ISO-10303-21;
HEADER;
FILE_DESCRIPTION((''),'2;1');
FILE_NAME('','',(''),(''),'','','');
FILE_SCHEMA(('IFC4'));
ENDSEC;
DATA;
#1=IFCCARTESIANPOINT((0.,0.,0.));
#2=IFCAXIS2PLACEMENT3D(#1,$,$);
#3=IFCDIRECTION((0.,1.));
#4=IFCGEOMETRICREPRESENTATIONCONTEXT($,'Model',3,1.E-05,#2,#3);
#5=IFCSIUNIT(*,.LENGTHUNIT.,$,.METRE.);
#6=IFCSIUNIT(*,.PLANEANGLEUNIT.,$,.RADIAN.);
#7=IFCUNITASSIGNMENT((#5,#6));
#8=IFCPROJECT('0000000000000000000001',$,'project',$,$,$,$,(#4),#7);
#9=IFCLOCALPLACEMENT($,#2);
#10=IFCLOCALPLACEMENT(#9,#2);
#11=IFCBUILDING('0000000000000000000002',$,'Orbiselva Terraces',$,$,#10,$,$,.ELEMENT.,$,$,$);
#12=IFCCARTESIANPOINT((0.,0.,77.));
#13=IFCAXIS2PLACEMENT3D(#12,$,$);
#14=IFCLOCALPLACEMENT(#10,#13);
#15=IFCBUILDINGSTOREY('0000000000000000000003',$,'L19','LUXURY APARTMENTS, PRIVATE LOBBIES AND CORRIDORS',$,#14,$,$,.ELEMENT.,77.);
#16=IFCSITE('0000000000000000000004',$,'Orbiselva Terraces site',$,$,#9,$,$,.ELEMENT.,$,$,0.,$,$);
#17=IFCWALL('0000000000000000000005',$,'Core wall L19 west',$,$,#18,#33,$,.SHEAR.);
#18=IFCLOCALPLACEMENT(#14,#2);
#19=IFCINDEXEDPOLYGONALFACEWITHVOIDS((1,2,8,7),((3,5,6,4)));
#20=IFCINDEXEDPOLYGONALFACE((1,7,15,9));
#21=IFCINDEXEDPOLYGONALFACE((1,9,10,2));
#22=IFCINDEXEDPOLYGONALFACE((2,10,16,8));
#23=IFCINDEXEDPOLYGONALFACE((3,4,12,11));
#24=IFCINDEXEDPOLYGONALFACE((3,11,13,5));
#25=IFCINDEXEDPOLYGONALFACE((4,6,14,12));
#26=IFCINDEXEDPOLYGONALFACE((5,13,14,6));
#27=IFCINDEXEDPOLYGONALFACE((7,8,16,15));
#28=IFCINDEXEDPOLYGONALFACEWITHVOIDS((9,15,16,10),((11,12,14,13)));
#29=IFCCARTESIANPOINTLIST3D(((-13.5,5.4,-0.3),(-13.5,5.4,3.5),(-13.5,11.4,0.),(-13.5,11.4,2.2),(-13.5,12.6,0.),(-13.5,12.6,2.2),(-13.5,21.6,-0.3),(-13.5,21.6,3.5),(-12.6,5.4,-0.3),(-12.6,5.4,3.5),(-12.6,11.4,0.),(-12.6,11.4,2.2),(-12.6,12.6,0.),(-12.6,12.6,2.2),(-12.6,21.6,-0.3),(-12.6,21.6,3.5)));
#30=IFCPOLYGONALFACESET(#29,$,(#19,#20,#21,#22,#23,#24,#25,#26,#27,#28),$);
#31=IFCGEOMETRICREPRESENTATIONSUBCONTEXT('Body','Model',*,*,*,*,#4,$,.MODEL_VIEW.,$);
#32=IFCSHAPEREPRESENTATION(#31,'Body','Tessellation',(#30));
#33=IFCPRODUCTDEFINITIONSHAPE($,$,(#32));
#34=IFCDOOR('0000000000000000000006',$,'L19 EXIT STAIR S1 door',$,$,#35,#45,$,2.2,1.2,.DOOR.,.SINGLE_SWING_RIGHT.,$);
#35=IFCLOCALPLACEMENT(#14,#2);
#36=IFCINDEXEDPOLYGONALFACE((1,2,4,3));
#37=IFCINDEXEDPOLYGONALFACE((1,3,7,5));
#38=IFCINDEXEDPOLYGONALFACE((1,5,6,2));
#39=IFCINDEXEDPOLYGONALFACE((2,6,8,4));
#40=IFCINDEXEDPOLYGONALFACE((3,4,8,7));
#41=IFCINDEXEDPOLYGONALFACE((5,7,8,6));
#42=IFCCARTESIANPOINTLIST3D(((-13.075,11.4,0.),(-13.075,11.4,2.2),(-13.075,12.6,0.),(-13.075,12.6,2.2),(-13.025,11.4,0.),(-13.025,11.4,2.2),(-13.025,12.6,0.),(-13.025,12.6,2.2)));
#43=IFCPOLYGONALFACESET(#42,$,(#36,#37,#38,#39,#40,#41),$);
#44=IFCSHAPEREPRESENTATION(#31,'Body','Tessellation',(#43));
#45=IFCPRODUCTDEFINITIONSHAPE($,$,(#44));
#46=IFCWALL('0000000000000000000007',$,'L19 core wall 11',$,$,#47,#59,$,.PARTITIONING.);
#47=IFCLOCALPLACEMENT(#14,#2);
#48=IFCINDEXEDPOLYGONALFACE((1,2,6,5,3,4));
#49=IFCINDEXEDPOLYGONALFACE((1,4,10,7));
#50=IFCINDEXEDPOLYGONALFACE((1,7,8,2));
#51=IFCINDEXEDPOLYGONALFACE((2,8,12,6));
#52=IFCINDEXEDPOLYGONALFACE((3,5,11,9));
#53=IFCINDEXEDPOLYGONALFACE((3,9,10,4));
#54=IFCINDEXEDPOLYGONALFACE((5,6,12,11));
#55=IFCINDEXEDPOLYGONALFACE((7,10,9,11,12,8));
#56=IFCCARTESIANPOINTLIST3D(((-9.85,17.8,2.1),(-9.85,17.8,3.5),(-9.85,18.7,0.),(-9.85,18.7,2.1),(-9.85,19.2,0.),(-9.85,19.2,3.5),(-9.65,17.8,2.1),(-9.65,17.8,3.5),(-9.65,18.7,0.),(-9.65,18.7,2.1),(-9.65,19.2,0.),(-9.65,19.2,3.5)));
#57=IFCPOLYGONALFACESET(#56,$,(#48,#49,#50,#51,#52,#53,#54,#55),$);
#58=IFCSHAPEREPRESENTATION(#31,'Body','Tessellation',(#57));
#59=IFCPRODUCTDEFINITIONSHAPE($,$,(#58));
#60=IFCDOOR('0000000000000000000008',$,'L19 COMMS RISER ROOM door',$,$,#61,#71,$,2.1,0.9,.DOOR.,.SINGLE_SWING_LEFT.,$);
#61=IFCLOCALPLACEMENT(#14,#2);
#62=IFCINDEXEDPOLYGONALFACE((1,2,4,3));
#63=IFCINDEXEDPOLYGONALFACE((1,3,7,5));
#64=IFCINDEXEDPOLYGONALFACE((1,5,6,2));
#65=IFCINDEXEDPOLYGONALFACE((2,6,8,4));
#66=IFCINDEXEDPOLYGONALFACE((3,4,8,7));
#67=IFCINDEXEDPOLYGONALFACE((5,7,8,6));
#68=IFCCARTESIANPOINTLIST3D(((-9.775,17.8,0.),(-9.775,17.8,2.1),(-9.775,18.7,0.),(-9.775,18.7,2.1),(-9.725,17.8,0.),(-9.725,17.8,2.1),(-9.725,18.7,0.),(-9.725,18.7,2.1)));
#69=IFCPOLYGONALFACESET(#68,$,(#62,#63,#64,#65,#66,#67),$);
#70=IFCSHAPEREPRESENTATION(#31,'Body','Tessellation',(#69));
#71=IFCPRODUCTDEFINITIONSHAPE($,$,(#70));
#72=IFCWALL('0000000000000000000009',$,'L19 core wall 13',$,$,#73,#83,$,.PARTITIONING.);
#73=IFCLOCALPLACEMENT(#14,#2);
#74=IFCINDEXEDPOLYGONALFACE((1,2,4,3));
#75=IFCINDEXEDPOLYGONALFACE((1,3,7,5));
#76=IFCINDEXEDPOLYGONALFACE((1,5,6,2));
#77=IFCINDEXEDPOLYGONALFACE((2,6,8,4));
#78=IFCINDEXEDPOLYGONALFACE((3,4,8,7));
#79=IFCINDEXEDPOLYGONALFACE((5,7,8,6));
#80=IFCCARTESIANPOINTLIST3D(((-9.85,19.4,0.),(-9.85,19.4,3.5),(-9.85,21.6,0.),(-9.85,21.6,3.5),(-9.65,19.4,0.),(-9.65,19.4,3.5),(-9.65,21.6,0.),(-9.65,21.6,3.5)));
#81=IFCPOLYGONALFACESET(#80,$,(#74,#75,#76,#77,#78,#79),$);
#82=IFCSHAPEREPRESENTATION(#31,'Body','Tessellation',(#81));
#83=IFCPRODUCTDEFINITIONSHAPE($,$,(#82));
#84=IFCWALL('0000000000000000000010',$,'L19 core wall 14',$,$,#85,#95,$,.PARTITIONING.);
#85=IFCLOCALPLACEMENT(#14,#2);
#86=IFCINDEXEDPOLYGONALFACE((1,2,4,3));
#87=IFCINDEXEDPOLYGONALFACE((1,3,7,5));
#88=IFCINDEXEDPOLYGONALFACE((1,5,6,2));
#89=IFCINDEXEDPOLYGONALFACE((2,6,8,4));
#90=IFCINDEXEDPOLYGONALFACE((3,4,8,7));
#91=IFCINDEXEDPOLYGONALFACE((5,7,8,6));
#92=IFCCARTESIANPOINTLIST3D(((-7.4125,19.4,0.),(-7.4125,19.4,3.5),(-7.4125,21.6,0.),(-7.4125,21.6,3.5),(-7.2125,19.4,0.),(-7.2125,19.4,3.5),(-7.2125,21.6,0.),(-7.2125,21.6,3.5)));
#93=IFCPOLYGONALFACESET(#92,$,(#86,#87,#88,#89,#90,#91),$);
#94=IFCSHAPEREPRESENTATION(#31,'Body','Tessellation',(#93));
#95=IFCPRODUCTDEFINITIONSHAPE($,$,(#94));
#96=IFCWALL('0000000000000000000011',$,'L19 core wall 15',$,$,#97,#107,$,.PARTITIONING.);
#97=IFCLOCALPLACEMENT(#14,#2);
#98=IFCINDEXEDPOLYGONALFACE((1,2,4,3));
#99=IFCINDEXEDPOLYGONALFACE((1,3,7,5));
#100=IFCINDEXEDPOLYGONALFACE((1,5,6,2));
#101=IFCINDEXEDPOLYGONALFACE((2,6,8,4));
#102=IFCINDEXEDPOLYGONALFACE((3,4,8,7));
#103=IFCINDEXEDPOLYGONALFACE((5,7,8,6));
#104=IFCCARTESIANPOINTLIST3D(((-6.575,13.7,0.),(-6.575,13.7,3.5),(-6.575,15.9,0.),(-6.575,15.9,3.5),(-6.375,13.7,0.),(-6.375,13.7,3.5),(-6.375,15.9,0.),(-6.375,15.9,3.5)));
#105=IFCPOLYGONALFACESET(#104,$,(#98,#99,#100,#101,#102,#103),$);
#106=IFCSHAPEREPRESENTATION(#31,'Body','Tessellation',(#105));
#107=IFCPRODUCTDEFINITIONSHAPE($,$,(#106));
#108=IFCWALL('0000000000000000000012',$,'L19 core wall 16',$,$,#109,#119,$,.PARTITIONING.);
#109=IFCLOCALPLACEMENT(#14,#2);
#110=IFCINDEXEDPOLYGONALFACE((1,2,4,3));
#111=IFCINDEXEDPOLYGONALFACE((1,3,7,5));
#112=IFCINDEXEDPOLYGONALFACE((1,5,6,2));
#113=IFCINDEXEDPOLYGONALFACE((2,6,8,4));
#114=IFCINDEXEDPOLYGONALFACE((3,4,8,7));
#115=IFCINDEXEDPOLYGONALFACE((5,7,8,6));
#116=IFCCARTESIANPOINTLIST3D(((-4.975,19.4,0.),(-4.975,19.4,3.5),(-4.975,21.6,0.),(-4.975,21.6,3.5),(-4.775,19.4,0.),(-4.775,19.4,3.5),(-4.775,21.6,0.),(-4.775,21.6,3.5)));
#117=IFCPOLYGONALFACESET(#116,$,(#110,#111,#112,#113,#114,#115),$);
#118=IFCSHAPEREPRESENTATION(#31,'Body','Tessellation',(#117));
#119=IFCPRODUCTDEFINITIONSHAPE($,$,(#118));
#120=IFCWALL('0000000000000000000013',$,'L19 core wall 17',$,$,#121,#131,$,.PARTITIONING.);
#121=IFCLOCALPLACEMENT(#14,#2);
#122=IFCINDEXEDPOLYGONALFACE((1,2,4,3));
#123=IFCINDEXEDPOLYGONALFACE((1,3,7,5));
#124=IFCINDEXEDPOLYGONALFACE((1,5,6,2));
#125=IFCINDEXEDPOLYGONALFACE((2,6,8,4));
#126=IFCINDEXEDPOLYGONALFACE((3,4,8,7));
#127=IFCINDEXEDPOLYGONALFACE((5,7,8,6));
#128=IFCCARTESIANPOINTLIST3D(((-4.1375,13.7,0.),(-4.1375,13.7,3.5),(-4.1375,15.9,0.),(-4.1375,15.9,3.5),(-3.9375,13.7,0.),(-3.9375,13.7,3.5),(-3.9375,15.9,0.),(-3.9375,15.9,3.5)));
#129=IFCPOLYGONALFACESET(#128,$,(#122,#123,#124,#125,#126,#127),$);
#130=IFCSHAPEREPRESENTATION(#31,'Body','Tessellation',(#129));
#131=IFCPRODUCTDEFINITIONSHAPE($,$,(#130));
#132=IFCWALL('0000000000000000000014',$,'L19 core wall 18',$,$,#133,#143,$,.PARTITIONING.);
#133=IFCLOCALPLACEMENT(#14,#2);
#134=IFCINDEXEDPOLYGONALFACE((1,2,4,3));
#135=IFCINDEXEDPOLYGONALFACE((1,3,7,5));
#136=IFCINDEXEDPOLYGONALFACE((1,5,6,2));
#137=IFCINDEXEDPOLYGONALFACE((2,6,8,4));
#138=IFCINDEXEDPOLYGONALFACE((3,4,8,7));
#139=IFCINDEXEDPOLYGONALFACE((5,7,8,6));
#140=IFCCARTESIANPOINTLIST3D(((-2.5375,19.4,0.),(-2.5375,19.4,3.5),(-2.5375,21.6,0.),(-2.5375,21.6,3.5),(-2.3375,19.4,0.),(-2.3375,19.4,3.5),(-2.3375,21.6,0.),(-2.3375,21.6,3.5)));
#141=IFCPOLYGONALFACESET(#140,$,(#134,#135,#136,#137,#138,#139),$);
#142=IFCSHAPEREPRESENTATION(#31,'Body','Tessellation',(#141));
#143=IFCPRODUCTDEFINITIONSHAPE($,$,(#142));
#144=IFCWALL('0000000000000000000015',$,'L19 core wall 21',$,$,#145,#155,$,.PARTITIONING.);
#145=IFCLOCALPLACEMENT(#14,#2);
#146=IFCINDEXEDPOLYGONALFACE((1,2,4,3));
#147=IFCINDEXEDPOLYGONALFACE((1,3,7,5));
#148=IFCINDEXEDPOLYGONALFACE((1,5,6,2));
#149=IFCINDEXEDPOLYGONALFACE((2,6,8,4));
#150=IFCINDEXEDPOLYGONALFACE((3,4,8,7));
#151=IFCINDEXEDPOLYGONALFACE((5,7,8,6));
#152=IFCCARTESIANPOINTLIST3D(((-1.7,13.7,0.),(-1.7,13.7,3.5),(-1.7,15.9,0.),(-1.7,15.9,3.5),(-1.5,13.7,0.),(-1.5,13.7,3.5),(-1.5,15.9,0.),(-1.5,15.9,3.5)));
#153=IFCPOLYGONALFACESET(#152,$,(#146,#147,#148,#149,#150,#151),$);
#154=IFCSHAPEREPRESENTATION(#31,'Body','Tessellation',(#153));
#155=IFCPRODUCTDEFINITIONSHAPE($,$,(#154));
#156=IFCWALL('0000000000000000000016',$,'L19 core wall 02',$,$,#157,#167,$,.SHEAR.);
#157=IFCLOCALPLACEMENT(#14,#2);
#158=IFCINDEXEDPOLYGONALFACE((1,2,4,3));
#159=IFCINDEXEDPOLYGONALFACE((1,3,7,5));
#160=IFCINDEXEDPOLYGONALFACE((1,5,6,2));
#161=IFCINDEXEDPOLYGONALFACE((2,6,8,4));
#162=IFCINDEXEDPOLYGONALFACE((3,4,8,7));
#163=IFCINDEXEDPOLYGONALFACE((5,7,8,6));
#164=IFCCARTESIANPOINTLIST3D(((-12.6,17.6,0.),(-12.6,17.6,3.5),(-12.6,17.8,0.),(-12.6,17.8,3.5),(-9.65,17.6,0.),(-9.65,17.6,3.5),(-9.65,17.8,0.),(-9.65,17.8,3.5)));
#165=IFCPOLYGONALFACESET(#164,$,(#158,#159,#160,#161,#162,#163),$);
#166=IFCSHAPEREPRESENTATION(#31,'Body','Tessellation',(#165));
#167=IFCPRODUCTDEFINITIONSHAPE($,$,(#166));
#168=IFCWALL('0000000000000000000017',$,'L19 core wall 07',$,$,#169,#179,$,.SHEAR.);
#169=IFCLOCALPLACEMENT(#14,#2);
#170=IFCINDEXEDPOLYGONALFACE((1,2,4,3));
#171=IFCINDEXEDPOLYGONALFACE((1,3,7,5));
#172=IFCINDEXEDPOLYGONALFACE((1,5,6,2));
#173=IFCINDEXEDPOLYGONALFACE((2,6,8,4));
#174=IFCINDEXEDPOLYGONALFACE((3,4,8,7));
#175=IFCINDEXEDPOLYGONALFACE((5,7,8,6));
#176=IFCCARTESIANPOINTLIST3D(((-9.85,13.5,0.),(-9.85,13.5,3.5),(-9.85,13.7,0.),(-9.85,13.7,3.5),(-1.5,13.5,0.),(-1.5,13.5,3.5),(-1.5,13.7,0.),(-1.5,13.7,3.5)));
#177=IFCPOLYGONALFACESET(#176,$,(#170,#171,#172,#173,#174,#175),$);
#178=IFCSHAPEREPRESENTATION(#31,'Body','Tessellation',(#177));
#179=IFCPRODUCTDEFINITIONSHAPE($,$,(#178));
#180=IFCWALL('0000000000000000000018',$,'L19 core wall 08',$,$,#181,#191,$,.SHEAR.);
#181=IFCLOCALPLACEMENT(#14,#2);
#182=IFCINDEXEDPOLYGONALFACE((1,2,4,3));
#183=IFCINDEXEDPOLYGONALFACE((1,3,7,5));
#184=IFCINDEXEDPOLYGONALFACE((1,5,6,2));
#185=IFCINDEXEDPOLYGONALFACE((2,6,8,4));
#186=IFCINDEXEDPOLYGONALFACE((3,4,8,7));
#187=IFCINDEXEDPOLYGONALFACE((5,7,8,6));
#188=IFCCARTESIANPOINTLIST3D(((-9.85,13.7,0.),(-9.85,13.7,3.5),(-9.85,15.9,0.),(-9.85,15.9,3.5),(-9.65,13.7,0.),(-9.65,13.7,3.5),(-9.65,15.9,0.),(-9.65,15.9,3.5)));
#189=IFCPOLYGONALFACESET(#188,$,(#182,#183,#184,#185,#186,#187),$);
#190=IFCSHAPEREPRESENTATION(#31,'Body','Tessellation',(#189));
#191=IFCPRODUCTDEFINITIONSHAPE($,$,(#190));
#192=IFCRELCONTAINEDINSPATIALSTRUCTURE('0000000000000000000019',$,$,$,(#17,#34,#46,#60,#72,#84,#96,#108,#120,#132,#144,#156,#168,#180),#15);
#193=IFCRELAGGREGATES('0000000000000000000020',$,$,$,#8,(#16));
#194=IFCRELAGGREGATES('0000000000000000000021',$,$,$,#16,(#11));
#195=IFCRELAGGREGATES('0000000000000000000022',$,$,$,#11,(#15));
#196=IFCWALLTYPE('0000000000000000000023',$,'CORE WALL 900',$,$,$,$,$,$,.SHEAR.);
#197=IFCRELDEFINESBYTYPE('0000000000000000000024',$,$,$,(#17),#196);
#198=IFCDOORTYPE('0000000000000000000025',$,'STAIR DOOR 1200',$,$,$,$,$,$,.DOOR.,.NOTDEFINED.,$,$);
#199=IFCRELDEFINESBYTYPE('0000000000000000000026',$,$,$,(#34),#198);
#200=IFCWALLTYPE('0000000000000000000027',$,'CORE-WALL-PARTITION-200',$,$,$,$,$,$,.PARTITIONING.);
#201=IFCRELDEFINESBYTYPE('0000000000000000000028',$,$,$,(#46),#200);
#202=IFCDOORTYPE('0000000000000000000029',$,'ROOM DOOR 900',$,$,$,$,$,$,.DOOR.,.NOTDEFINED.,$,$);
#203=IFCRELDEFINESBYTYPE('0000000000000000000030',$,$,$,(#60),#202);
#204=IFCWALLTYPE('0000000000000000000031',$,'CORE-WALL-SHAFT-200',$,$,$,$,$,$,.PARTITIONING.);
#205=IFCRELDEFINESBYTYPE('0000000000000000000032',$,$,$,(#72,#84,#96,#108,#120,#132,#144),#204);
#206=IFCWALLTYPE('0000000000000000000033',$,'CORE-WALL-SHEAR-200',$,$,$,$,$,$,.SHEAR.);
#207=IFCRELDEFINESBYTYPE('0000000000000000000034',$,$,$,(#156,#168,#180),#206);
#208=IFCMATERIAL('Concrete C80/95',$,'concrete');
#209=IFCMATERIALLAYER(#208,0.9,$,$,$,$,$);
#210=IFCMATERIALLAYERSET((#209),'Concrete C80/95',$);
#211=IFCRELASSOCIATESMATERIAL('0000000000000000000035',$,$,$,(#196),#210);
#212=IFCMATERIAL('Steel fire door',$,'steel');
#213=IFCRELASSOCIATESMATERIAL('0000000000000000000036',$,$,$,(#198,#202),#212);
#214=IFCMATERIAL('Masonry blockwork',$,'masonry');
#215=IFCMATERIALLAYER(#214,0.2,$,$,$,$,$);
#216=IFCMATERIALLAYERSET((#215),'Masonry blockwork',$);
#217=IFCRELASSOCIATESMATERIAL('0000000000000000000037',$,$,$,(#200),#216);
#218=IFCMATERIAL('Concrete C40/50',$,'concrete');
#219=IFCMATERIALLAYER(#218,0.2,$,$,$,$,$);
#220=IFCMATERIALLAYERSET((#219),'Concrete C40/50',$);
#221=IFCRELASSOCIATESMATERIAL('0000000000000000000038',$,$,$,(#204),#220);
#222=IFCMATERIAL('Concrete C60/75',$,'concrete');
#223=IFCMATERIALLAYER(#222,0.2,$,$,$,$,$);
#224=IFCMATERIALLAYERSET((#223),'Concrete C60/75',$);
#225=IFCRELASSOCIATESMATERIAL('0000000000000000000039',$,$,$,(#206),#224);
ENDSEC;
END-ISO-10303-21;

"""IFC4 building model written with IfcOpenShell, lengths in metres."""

from ifc_helpers import new_model, si_unit, direction, frame, frame_2d, origin, place, context, subcontext, project, spatial, rectangle, extrude, material, layer, layer_set, type_object, element, fill, save


model = new_model("IFC4")

# Units and contexts
model_context = context("Model", 3, precision=1e-05, world=origin(), true_north=direction((0.0, 1.0)))
body_context = subcontext(model_context, "Body", "Model", "MODEL_VIEW")
ifc_project = project(units=[si_unit("LENGTHUNIT", "METRE"), si_unit("PLANEANGLEUNIT", "RADIAN")], contexts=[model_context])

# Site, building, storey
site_placement = place(None, origin())
site = spatial("IfcSite", under=ifc_project, at=site_placement, Name="Orbiselva Terraces site", CompositionType="ELEMENT", RefElevation=0.0)
building_placement = place(site_placement, origin())
building = spatial("IfcBuilding", under=site, at=building_placement, Name="Orbiselva Terraces", CompositionType="ELEMENT")
storey_placement = place(building_placement, frame((0.0, 0.0, 77.0)))
storey = spatial("IfcBuildingStorey", under=building, at=storey_placement, Name="L19", Description="LUXURY APARTMENTS, PRIVATE LOBBIES AND CORRIDORS", CompositionType="ELEMENT", Elevation=77.0)

# Walls, openings, doors
ifc_material_1 = material(Name="Concrete C80/95", Category="concrete")
ifc_layer_1 = layer(ifc_material_1, 0.9)
ifc_layer_set_1 = layer_set([ifc_layer_1], Name="Concrete C80/95")
wall_type_1 = type_object("IfcWallType", Name="CORE WALL 900", PredefinedType="SHEAR", material=ifc_layer_set_1)
wall_1_placement = place(storey_placement, frame((-13.05, 21.6, -0.3), z_axis=(0.0, 0.0, 1.0), x_axis=(0.0, -1.0, 0.0)))
wall_1 = element("IfcWall", 1, at=wall_1_placement, inside=storey, type_object=wall_type_1, Name="Core wall L19 west", PredefinedType="SHEAR", context=body_context, shape_type="SweptSolid", body=[
    extrude(rectangle(XDim=16.2, YDim=0.9, at=frame_2d((8.1, 0.0))), origin(), (0.0, 0.0, 1.0), 3.8),
])
opening_1_placement = place(wall_1_placement, frame((9.0, 0.0, 0.3)))
opening_1 = element("IfcOpeningElement", 2, at=opening_1_placement, cuts=wall_1, PredefinedType="OPENING", context=body_context, shape_type="SweptSolid", body=[
    extrude(rectangle(XDim=1.2, YDim=2.2, at=frame_2d((0.6, 1.1))), frame((0.0, 0.46, 0.0), z_axis=(0.0, -1.0, 0.0), x_axis=(1.0, 0.0, 0.0)), (0.0, 0.0, 1.0), 0.92),
])
ifc_material_2 = material(Name="Steel fire door", Category="steel")
door_type_1 = type_object("IfcDoorType", Name="STAIR DOOR 1200", OperationType="NOTDEFINED", PredefinedType="DOOR", material=ifc_material_2)
door_1_placement = place(opening_1_placement, frame((1.2, 0.0, 0.0), z_axis=(0.0, 0.0, 1.0), x_axis=(-1.0, 0.0, 0.0)))
door_1 = element("IfcDoor", 3, at=door_1_placement, inside=storey, type_object=door_type_1, Name="L19 EXIT STAIR S1 door", OperationType="SINGLE_SWING_RIGHT", OverallHeight=2.2, OverallWidth=1.2, PredefinedType="DOOR", context=body_context, shape_type="SweptSolid", body=[
    extrude(rectangle(XDim=1.2, YDim=2.2, at=frame_2d((0.6, 1.1))), frame((0.0, 0.025, 0.0), z_axis=(0.0, -1.0, 0.0), x_axis=(1.0, 0.0, 0.0)), (0.0, 0.0, 1.0), 0.05),
])
fill(opening_1, door_1)
ifc_material_3 = material(Name="Masonry blockwork", Category="masonry")
ifc_layer_2 = layer(ifc_material_3, 0.2)
ifc_layer_set_2 = layer_set([ifc_layer_2], Name="Masonry blockwork")
wall_type_2 = type_object("IfcWallType", Name="CORE-WALL-PARTITION-200", PredefinedType="PARTITIONING", material=ifc_layer_set_2)
wall_2_placement = place(storey_placement, frame((-9.75, 17.8, 0.0), z_axis=(0.0, 0.0, 1.0), x_axis=(0.0, 1.0, 0.0)))
wall_2 = element("IfcWall", 4, at=wall_2_placement, inside=storey, type_object=wall_type_2, Name="L19 core wall 11", PredefinedType="PARTITIONING", context=body_context, shape_type="SweptSolid", body=[
    extrude(rectangle(XDim=1.4, YDim=0.2, at=frame_2d((0.7, 0.0))), origin(), (0.0, 0.0, 1.0), 3.5),
])
opening_2_placement = place(wall_2_placement, origin())
opening_2 = element("IfcOpeningElement", 5, at=opening_2_placement, cuts=wall_2, PredefinedType="OPENING", context=body_context, shape_type="SweptSolid", body=[
    extrude(rectangle(XDim=0.9, YDim=2.1, at=frame_2d((0.45, 1.05))), frame((0.0, 0.11, 0.0), z_axis=(0.0, -1.0, 0.0), x_axis=(1.0, 0.0, 0.0)), (0.0, 0.0, 1.0), 0.22),
])
door_type_2 = type_object("IfcDoorType", Name="ROOM DOOR 900", OperationType="NOTDEFINED", PredefinedType="DOOR", material=ifc_material_2)
door_2_placement = place(opening_2_placement, origin())
door_2 = element("IfcDoor", 6, at=door_2_placement, inside=storey, type_object=door_type_2, Name="L19 COMMS RISER ROOM door", OperationType="SINGLE_SWING_LEFT", OverallHeight=2.1, OverallWidth=0.9, PredefinedType="DOOR", context=body_context, shape_type="SweptSolid", body=[
    extrude(rectangle(XDim=0.9, YDim=2.1, at=frame_2d((0.45, 1.05))), frame((0.0, 0.025, 0.0), z_axis=(0.0, -1.0, 0.0), x_axis=(1.0, 0.0, 0.0)), (0.0, 0.0, 1.0), 0.05),
])
fill(opening_2, door_2)

# Walls
ifc_material_4 = material(Name="Concrete C40/50", Category="concrete")
ifc_layer_3 = layer(ifc_material_4, 0.2)
ifc_layer_set_3 = layer_set([ifc_layer_3], Name="Concrete C40/50")
wall_type_3 = type_object("IfcWallType", Name="CORE-WALL-SHAFT-200", PredefinedType="PARTITIONING", material=ifc_layer_set_3)
for number, where, z_axis, x_axis, name in (
    (7, (-9.75, 19.4, 0.0), (0.0, 0.0, 1.0), (0.0, 1.0, 0.0), "L19 core wall 13"),
    (8, (-7.3125, 19.4, 0.0), (0.0, 0.0, 1.0), (0.0, 1.0, 0.0), "L19 core wall 14"),
    (9, (-6.475, 13.7, 0.0), (0.0, 0.0, 1.0), (0.0, 1.0, 0.0), "L19 core wall 15"),
    (10, (-4.875, 19.4, 0.0), (0.0, 0.0, 1.0), (0.0, 1.0, 0.0), "L19 core wall 16"),
    (11, (-4.0375, 13.7, 0.0), (0.0, 0.0, 1.0), (0.0, 1.0, 0.0), "L19 core wall 17"),
    (12, (-2.4375, 19.4, 0.0), (0.0, 0.0, 1.0), (0.0, 1.0, 0.0), "L19 core wall 18"),
    (13, (-1.6, 13.7, 0.0), (0.0, 0.0, 1.0), (0.0, 1.0, 0.0), "L19 core wall 21"),
):
    element("IfcWall", number, at=place(storey_placement, frame(where, z_axis=z_axis, x_axis=x_axis)), inside=storey, type_object=wall_type_3, Name=name, PredefinedType="PARTITIONING", context=body_context, shape_type="SweptSolid", body=[
        extrude(rectangle(XDim=2.2, YDim=0.2, at=frame_2d((1.1, 0.0))), origin(), (0.0, 0.0, 1.0), 3.5),
    ])
ifc_material_5 = material(Name="Concrete C60/75", Category="concrete")
ifc_layer_4 = layer(ifc_material_5, 0.2)
ifc_layer_set_4 = layer_set([ifc_layer_4], Name="Concrete C60/75")
wall_type_4 = type_object("IfcWallType", Name="CORE-WALL-SHEAR-200", PredefinedType="SHEAR", material=ifc_layer_set_4)
wall_3_placement = place(storey_placement, frame((-12.6, 17.7, 0.0), z_axis=(0.0, 0.0, 1.0), x_axis=(1.0, 0.0, 0.0)))
element("IfcWall", 14, at=wall_3_placement, inside=storey, type_object=wall_type_4, Name="L19 core wall 02", PredefinedType="SHEAR", context=body_context, shape_type="SweptSolid", body=[
    extrude(rectangle(XDim=2.95, YDim=0.2, at=frame_2d((1.475, 0.0))), origin(), (0.0, 0.0, 1.0), 3.5),
])
wall_4_placement = place(storey_placement, frame((-9.85, 13.6, 0.0), z_axis=(0.0, 0.0, 1.0), x_axis=(1.0, 0.0, 0.0)))
element("IfcWall", 15, at=wall_4_placement, inside=storey, type_object=wall_type_4, Name="L19 core wall 07", PredefinedType="SHEAR", context=body_context, shape_type="SweptSolid", body=[
    extrude(rectangle(XDim=8.35, YDim=0.2, at=frame_2d((4.175, 0.0))), origin(), (0.0, 0.0, 1.0), 3.5),
])
wall_5_placement = place(storey_placement, frame((-9.75, 13.7, 0.0), z_axis=(0.0, 0.0, 1.0), x_axis=(0.0, 1.0, 0.0)))
element("IfcWall", 16, at=wall_5_placement, inside=storey, type_object=wall_type_4, Name="L19 core wall 08", PredefinedType="SHEAR", context=body_context, shape_type="SweptSolid", body=[
    extrude(rectangle(XDim=2.2, YDim=0.2, at=frame_2d((1.1, 0.0))), origin(), (0.0, 0.0, 1.0), 3.5),
])

save(model, "model.ifc")
